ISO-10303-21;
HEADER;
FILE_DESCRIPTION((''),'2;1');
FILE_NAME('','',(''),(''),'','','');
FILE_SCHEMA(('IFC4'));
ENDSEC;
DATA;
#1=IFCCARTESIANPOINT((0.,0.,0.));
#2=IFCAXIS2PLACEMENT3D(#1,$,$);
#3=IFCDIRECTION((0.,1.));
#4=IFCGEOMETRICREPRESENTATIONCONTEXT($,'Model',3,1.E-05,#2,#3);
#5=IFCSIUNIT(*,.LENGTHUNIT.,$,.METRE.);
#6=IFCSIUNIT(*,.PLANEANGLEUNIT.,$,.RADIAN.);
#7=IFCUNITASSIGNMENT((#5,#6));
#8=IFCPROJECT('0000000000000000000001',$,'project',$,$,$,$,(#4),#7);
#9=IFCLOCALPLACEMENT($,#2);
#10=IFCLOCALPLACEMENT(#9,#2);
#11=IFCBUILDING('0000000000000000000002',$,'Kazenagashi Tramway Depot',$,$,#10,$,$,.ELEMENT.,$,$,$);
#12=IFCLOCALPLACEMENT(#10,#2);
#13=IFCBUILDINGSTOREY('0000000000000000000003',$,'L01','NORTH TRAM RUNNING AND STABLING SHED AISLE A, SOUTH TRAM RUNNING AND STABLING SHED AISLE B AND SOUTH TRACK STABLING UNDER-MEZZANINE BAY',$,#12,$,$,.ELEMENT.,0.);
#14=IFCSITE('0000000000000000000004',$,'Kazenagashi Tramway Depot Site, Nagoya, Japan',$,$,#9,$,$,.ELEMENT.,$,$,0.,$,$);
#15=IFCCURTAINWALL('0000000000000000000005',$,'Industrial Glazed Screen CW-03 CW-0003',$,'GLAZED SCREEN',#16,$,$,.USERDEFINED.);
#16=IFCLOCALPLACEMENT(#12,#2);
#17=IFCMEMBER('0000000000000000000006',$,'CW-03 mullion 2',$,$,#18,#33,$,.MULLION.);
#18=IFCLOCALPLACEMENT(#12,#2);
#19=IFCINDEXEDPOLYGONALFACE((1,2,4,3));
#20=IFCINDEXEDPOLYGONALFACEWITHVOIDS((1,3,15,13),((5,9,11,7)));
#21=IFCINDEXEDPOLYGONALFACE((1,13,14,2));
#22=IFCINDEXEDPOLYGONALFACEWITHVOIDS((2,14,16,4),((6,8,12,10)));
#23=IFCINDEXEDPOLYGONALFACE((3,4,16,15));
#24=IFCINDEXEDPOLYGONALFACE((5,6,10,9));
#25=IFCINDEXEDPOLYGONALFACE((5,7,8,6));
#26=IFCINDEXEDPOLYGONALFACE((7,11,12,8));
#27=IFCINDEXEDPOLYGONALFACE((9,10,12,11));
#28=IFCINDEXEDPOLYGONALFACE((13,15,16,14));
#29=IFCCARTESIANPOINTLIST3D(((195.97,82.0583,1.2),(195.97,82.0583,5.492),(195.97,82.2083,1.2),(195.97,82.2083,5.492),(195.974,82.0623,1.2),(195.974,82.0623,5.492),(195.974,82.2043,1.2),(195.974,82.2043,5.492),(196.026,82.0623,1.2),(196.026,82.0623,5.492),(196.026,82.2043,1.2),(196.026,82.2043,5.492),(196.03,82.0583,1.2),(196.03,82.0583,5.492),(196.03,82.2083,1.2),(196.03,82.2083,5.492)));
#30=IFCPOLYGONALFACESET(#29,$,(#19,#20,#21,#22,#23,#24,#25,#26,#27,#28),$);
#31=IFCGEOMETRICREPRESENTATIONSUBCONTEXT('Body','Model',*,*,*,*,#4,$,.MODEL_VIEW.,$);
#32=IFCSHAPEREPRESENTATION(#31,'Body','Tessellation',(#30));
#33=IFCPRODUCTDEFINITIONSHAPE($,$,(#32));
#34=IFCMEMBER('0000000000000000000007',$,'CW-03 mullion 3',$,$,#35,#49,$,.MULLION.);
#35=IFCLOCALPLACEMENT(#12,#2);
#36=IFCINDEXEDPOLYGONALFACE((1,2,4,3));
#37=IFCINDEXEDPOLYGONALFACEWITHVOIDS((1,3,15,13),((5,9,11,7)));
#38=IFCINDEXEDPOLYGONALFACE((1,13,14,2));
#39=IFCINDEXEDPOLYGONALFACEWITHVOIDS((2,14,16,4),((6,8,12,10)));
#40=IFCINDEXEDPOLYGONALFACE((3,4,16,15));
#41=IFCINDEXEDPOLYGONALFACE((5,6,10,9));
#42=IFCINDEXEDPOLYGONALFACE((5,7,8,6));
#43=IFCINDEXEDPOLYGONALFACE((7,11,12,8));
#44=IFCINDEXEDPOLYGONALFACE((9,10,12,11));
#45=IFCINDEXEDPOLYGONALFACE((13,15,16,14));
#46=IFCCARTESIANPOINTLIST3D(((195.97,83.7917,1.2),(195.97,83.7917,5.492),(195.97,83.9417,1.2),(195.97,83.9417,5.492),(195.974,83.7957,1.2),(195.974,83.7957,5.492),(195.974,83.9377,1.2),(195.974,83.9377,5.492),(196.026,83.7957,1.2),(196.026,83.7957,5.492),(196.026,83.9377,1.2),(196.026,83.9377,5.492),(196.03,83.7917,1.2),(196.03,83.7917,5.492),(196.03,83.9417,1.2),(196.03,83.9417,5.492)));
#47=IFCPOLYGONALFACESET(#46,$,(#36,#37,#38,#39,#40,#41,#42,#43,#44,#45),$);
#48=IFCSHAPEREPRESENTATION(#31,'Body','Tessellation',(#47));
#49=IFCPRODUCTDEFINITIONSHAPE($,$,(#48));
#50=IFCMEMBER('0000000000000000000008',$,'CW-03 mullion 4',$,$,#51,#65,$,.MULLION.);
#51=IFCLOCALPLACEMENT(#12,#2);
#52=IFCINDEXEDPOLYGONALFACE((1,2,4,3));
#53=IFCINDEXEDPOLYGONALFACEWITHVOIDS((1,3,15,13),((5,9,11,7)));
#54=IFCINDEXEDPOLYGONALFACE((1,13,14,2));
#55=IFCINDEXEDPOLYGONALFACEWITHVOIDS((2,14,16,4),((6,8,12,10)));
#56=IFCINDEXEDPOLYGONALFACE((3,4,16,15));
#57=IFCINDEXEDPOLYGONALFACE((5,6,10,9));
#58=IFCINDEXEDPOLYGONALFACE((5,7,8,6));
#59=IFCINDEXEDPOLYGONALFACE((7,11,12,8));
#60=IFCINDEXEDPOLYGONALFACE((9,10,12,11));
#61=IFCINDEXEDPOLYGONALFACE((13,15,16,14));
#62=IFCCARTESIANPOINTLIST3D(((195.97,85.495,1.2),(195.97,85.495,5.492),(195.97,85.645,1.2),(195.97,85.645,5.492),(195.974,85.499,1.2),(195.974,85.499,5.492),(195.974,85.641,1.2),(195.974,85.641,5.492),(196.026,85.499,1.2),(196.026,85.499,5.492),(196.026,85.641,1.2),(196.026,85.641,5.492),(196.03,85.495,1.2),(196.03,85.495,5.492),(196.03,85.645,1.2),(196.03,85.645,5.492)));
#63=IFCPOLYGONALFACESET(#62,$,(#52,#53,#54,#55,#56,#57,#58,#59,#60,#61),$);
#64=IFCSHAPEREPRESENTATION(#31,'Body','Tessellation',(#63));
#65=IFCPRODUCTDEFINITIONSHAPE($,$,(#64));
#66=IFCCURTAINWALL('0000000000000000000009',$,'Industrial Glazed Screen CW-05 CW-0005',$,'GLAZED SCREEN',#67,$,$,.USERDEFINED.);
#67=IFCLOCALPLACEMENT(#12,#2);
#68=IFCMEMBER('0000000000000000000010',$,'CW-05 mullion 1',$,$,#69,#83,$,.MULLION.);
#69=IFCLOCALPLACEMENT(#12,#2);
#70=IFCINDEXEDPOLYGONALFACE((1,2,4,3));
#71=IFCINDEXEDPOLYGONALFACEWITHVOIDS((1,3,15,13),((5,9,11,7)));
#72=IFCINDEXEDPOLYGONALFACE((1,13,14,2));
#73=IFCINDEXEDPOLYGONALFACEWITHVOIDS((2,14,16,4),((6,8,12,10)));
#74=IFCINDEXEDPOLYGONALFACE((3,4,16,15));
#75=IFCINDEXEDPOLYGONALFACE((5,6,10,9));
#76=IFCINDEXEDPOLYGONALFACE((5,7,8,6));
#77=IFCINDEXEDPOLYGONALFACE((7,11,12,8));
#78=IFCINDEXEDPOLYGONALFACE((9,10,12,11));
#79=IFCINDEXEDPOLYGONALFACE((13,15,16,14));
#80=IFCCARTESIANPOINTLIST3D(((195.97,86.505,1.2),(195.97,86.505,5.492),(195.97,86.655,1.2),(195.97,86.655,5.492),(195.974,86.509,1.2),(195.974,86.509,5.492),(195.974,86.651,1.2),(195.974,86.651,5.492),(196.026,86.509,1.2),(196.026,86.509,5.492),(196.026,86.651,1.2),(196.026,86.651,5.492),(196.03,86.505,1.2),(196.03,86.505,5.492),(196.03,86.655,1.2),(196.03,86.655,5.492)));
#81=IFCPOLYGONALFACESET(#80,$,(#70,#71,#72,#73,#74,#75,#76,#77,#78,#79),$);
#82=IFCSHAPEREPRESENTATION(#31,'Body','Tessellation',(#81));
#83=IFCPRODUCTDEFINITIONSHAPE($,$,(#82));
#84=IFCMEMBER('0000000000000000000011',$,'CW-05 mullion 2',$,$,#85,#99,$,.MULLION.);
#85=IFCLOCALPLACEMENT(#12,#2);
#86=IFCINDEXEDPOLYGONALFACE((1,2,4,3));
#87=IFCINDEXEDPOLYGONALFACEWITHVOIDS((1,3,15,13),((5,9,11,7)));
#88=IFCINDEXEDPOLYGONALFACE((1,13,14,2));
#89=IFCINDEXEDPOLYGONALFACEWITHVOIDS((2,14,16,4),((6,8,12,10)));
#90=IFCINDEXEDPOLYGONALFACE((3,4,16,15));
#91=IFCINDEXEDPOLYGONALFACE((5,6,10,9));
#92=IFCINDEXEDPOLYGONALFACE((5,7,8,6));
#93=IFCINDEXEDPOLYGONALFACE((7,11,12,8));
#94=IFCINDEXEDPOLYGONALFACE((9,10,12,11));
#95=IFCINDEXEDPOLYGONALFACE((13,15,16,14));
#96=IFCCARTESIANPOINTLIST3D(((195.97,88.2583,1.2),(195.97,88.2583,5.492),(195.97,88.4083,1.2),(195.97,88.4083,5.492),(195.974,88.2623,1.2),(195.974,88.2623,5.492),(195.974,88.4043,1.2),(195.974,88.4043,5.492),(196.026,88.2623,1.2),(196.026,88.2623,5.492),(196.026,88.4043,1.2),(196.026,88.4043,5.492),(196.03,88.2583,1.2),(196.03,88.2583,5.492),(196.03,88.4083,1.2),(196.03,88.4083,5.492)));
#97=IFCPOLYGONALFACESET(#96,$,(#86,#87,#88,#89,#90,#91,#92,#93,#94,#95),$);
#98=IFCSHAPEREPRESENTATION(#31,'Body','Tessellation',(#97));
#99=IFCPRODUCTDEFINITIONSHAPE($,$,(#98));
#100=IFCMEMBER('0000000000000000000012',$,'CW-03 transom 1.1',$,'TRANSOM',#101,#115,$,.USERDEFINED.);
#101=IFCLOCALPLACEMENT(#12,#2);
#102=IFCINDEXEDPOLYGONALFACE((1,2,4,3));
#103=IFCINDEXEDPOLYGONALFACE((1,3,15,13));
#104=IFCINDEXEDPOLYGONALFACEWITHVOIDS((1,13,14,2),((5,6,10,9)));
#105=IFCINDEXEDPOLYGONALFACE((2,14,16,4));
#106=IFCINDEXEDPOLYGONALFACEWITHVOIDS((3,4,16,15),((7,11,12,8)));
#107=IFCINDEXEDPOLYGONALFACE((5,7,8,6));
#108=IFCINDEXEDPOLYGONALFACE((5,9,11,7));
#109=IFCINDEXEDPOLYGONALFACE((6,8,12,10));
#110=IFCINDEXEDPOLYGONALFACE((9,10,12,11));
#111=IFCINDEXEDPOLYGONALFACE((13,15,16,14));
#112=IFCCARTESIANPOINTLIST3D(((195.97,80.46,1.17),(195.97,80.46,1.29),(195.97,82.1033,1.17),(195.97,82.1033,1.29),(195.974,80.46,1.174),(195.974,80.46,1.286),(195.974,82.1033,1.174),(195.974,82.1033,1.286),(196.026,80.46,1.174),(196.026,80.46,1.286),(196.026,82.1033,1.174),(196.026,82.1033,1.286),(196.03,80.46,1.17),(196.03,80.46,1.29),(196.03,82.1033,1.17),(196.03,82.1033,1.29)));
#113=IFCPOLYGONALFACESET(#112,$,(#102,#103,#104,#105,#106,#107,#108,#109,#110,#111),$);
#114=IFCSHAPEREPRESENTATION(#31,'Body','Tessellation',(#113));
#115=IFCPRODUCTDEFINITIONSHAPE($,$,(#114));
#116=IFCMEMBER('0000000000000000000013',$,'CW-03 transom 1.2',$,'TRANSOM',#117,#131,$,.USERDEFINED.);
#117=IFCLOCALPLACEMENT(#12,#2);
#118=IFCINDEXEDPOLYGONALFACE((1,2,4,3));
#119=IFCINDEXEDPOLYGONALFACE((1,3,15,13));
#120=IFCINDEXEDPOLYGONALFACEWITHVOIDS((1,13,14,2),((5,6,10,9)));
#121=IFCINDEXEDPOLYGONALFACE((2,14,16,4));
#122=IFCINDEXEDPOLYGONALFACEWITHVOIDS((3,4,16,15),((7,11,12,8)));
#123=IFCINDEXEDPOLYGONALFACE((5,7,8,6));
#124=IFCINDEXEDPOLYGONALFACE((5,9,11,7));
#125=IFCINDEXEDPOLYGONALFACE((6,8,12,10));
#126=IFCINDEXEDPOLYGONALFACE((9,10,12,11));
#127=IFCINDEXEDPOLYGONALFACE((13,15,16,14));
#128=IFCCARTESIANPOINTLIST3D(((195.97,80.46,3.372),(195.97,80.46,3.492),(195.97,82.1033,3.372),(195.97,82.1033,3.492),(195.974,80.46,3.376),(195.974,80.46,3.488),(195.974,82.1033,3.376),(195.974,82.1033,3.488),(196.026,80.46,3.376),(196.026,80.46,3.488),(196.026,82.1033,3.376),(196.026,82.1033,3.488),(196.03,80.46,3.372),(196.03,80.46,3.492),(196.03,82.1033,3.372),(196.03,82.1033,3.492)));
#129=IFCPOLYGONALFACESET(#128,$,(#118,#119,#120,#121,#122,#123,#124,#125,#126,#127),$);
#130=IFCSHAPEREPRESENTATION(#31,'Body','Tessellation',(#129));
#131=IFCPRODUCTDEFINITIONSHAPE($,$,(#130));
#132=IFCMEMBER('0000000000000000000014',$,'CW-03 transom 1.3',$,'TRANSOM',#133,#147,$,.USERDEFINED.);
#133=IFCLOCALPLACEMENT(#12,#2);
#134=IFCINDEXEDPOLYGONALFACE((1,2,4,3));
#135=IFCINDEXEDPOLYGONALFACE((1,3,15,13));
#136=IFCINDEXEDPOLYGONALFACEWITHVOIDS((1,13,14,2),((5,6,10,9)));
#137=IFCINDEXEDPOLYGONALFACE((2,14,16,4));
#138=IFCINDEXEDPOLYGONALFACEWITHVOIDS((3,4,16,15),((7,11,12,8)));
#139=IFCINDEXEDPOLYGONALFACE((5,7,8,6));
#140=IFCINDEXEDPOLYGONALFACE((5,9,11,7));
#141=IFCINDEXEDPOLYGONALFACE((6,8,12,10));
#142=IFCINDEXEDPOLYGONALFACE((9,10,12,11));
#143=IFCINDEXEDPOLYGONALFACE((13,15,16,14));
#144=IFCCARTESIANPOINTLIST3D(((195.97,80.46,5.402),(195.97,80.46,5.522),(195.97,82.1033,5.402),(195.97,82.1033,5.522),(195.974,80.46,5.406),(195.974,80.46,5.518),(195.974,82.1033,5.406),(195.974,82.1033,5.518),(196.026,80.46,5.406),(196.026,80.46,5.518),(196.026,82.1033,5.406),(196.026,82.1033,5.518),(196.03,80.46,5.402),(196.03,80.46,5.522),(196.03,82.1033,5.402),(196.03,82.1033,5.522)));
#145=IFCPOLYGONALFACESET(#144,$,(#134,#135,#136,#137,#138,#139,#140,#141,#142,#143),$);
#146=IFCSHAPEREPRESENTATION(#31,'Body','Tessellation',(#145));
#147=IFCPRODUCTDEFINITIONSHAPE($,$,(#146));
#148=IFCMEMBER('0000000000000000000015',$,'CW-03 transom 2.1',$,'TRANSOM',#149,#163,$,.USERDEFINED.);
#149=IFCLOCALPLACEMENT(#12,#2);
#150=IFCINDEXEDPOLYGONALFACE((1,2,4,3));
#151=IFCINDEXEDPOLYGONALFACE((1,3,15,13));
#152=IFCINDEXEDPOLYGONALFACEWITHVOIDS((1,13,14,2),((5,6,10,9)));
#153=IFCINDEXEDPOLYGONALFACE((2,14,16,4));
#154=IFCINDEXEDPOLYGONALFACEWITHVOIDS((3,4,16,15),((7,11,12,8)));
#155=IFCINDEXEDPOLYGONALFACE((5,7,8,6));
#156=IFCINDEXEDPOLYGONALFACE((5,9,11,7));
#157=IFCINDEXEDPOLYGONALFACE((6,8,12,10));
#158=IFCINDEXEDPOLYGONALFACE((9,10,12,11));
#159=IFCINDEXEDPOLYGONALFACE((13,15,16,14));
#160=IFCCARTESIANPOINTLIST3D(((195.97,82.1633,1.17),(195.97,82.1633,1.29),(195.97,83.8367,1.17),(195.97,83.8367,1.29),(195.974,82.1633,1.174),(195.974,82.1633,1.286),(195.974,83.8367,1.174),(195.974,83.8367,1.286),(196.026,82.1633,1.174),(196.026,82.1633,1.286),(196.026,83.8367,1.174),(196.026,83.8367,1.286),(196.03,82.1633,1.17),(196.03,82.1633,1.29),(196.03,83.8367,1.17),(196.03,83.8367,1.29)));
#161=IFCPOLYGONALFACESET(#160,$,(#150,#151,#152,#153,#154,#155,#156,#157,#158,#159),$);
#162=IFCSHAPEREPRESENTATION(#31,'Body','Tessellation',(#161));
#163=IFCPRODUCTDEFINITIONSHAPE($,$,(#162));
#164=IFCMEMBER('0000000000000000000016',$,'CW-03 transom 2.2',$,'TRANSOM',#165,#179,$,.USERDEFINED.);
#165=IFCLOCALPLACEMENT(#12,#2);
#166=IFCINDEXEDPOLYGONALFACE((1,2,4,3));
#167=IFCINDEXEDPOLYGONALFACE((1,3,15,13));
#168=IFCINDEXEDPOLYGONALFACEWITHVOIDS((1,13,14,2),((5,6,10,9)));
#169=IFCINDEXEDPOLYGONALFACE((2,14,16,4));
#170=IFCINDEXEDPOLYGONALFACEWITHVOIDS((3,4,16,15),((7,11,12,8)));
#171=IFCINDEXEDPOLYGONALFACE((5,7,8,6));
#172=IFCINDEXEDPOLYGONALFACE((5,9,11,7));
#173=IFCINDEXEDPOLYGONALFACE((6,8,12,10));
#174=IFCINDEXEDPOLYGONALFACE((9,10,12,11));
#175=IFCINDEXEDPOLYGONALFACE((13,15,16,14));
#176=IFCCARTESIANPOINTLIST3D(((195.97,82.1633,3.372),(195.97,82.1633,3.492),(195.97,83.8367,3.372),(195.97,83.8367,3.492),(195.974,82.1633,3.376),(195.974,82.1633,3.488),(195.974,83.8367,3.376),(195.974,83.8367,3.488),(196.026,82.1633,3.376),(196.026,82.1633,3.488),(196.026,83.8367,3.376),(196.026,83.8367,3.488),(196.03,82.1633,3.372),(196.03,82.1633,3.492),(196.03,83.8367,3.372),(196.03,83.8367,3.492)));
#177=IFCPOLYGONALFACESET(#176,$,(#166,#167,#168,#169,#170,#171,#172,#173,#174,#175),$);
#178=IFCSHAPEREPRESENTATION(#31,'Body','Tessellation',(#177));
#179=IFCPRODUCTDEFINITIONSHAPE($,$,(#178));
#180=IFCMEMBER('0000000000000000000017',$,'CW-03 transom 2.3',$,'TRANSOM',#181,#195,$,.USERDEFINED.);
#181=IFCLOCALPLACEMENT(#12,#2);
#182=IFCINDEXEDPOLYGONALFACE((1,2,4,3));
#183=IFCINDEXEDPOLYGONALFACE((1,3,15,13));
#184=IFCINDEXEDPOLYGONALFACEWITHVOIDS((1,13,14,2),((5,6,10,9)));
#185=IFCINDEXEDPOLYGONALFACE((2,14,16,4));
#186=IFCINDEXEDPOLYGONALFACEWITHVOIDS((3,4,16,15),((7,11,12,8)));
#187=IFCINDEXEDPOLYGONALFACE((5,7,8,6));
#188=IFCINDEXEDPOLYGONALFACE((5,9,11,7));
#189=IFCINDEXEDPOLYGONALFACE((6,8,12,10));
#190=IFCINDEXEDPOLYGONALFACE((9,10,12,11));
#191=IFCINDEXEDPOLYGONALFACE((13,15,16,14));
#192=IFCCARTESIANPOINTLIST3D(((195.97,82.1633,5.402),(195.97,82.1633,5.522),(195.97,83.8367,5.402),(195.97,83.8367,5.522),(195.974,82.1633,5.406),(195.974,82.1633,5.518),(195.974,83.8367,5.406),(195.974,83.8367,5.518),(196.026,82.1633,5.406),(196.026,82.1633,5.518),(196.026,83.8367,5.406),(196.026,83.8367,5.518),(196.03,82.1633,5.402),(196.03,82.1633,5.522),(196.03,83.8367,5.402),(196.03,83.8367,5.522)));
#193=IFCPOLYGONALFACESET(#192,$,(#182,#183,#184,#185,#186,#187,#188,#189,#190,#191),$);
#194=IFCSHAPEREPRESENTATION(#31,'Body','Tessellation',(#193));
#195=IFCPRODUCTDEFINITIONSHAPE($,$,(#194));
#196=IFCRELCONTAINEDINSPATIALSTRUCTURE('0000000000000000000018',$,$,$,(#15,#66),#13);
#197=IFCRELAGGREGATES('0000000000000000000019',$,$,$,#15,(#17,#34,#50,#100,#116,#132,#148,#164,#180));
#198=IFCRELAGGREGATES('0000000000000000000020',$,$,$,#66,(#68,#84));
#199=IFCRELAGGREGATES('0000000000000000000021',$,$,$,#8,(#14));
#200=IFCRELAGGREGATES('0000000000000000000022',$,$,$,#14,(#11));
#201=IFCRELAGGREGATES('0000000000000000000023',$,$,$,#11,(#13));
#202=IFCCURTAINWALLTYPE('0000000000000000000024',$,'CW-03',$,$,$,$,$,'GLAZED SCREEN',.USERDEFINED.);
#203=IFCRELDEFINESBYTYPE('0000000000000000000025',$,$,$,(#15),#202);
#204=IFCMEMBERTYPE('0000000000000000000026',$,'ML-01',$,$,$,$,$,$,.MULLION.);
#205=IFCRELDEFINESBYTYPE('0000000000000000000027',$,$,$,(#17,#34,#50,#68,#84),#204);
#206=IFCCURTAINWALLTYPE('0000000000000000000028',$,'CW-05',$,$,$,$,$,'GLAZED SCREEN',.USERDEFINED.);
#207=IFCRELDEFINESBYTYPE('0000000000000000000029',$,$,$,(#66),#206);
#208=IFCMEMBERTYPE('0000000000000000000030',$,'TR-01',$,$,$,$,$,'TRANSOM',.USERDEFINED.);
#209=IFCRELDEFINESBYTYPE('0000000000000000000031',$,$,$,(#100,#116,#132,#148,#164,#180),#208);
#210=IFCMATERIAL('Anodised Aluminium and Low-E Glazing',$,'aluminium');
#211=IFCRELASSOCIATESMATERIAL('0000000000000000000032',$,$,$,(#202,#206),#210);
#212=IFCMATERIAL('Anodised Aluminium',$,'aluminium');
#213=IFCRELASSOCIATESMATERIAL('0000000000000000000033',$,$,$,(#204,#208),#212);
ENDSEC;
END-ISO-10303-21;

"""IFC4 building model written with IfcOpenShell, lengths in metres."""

from ifc_helpers import new_model, si_unit, direction, frame, origin, origin_2d, place, context, subcontext, project, spatial, hollow_rectangle, extrude, material, material_profile, profile_set, type_object, element, aggregate, save


model = new_model("IFC4")

# Units and contexts
model_context = context("Model", 3, precision=1e-05, world=origin(), true_north=direction((0.0, 1.0)))
body_context = subcontext(model_context, "Body", "Model", "MODEL_VIEW")
ifc_project = project(units=[si_unit("LENGTHUNIT", "METRE"), si_unit("PLANEANGLEUNIT", "RADIAN")], contexts=[model_context])

# Site, building, storey
site_placement = place(None, origin())
site = spatial("IfcSite", under=ifc_project, at=site_placement, Name="Kazenagashi Tramway Depot Site, Nagoya, Japan", CompositionType="ELEMENT", RefElevation=0.0)
building_placement = place(site_placement, origin())
building = spatial("IfcBuilding", under=site, at=building_placement, Name="Kazenagashi Tramway Depot", CompositionType="ELEMENT")
storey_placement = place(building_placement, origin())
storey = spatial("IfcBuildingStorey", under=building, at=storey_placement, Name="L01", Description="NORTH TRAM RUNNING AND STABLING SHED AISLE A, SOUTH TRAM RUNNING AND STABLING SHED AISLE B AND SOUTH TRACK STABLING UNDER-MEZZANINE BAY", CompositionType="ELEMENT", Elevation=0.0)

# Curtain walls, members
ifc_material_1 = material(Name="Anodised Aluminium and Low-E Glazing", Category="aluminium")
curtain_wall_type_1 = type_object("IfcCurtainWallType", Name="CW-03", ElementType="GLAZED SCREEN", PredefinedType="USERDEFINED", material=ifc_material_1)
curtain_wall_1_placement = place(storey_placement, origin())
curtain_wall_1 = element("IfcCurtainWall", 1, at=curtain_wall_1_placement, inside=storey, type_object=curtain_wall_type_1, Name="Industrial Glazed Screen CW-03 CW-0003", ObjectType="GLAZED SCREEN", PredefinedType="USERDEFINED")
ifc_material_2 = material(Name="Anodised Aluminium", Category="aluminium")
ifc_material_profile_1 = material_profile(ifc_material_2, hollow_rectangle(XDim=0.06, YDim=0.15, WallThickness=0.004, at=origin_2d()), Name="RHS-150x60x4")
ifc_profile_set_1 = profile_set([ifc_material_profile_1], Name="Anodised Aluminium")
member_type_1 = type_object("IfcMemberType", Name="ML-01", PredefinedType="MULLION", material=ifc_profile_set_1)
member_1_placement = place(storey_placement, frame((196.0, 82.1333, 1.2), z_axis=(0.0, 0.0, 1.0), x_axis=(-1.0, 0.0, 0.0)))
member_1 = element("IfcMember", 2, at=member_1_placement, type_object=member_type_1, Name="CW-03 mullion 2", PredefinedType="MULLION", context=body_context, shape_type="SweptSolid", body=[
    extrude(hollow_rectangle(XDim=0.06, YDim=0.15, WallThickness=0.004, at=origin_2d()), origin(), (0.0, 0.0, 1.0), 4.292),
])
member_2_placement = place(storey_placement, frame((196.0, 83.8667, 1.2), z_axis=(0.0, 0.0, 1.0), x_axis=(-1.0, 0.0, 0.0)))
member_2 = element("IfcMember", 3, at=member_2_placement, type_object=member_type_1, Name="CW-03 mullion 3", PredefinedType="MULLION", context=body_context, shape_type="SweptSolid", body=[
    extrude(hollow_rectangle(XDim=0.06, YDim=0.15, WallThickness=0.004, at=origin_2d()), origin(), (0.0, 0.0, 1.0), 4.292),
])
member_3_placement = place(storey_placement, frame((196.0, 85.57, 1.2), z_axis=(0.0, 0.0, 1.0), x_axis=(-1.0, 0.0, 0.0)))
member_3 = element("IfcMember", 4, at=member_3_placement, type_object=member_type_1, Name="CW-03 mullion 4", PredefinedType="MULLION", context=body_context, shape_type="SweptSolid", body=[
    extrude(hollow_rectangle(XDim=0.06, YDim=0.15, WallThickness=0.004, at=origin_2d()), origin(), (0.0, 0.0, 1.0), 4.292),
])
curtain_wall_type_2 = type_object("IfcCurtainWallType", Name="CW-05", ElementType="GLAZED SCREEN", PredefinedType="USERDEFINED", material=ifc_material_1)
curtain_wall_2_placement = place(storey_placement, origin())
curtain_wall_2 = element("IfcCurtainWall", 5, at=curtain_wall_2_placement, inside=storey, type_object=curtain_wall_type_2, Name="Industrial Glazed Screen CW-05 CW-0005", ObjectType="GLAZED SCREEN", PredefinedType="USERDEFINED")
member_4_placement = place(storey_placement, frame((196.0, 86.58, 1.2), z_axis=(0.0, 0.0, 1.0), x_axis=(-1.0, 0.0, 0.0)))
member_4 = element("IfcMember", 6, at=member_4_placement, type_object=member_type_1, Name="CW-05 mullion 1", PredefinedType="MULLION", context=body_context, shape_type="SweptSolid", body=[
    extrude(hollow_rectangle(XDim=0.06, YDim=0.15, WallThickness=0.004, at=origin_2d()), origin(), (0.0, 0.0, 1.0), 4.292),
])
member_5_placement = place(storey_placement, frame((196.0, 88.3333, 1.2), z_axis=(0.0, 0.0, 1.0), x_axis=(-1.0, 0.0, 0.0)))
member_5 = element("IfcMember", 7, at=member_5_placement, type_object=member_type_1, Name="CW-05 mullion 2", PredefinedType="MULLION", context=body_context, shape_type="SweptSolid", body=[
    extrude(hollow_rectangle(XDim=0.06, YDim=0.15, WallThickness=0.004, at=origin_2d()), origin(), (0.0, 0.0, 1.0), 4.292),
])

# Members
ifc_material_profile_2 = material_profile(ifc_material_2, hollow_rectangle(XDim=0.06, YDim=0.12, WallThickness=0.004, at=origin_2d()), Name="RHS-120x60x4")
ifc_profile_set_2 = profile_set([ifc_material_profile_2], Name="Anodised Aluminium")
member_type_2 = type_object("IfcMemberType", Name="TR-01", ElementType="TRANSOM", PredefinedType="USERDEFINED", material=ifc_profile_set_2)
member_6_placement = place(storey_placement, frame((196.0, 80.46, 1.23), z_axis=(0.0, 1.0, 0.0), x_axis=(-1.0, 0.0, 0.0)))
member_6 = element("IfcMember", 8, at=member_6_placement, type_object=member_type_2, Name="CW-03 transom 1.1", ObjectType="TRANSOM", PredefinedType="USERDEFINED", context=body_context, shape_type="SweptSolid", body=[
    extrude(hollow_rectangle(XDim=0.06, YDim=0.12, WallThickness=0.004, at=origin_2d()), origin(), (0.0, 0.0, 1.0), 1.6433),
])
member_7_placement = place(storey_placement, frame((196.0, 80.46, 3.432), z_axis=(0.0, 1.0, 0.0), x_axis=(-1.0, 0.0, 0.0)))
member_7 = element("IfcMember", 9, at=member_7_placement, type_object=member_type_2, Name="CW-03 transom 1.2", ObjectType="TRANSOM", PredefinedType="USERDEFINED", context=body_context, shape_type="SweptSolid", body=[
    extrude(hollow_rectangle(XDim=0.06, YDim=0.12, WallThickness=0.004, at=origin_2d()), origin(), (0.0, 0.0, 1.0), 1.6433),
])
member_8_placement = place(storey_placement, frame((196.0, 80.46, 5.462), z_axis=(0.0, 1.0, 0.0), x_axis=(-1.0, 0.0, 0.0)))
member_8 = element("IfcMember", 10, at=member_8_placement, type_object=member_type_2, Name="CW-03 transom 1.3", ObjectType="TRANSOM", PredefinedType="USERDEFINED", context=body_context, shape_type="SweptSolid", body=[
    extrude(hollow_rectangle(XDim=0.06, YDim=0.12, WallThickness=0.004, at=origin_2d()), origin(), (0.0, 0.0, 1.0), 1.6433),
])
member_9_placement = place(storey_placement, frame((196.0, 82.1633, 1.23), z_axis=(0.0, 1.0, 0.0), x_axis=(-1.0, 0.0, 0.0)))
member_9 = element("IfcMember", 11, at=member_9_placement, type_object=member_type_2, Name="CW-03 transom 2.1", ObjectType="TRANSOM", PredefinedType="USERDEFINED", context=body_context, shape_type="SweptSolid", body=[
    extrude(hollow_rectangle(XDim=0.06, YDim=0.12, WallThickness=0.004, at=origin_2d()), origin(), (0.0, 0.0, 1.0), 1.6733),
])
member_10_placement = place(storey_placement, frame((196.0, 82.1633, 3.432), z_axis=(0.0, 1.0, 0.0), x_axis=(-1.0, 0.0, 0.0)))
member_10 = element("IfcMember", 12, at=member_10_placement, type_object=member_type_2, Name="CW-03 transom 2.2", ObjectType="TRANSOM", PredefinedType="USERDEFINED", context=body_context, shape_type="SweptSolid", body=[
    extrude(hollow_rectangle(XDim=0.06, YDim=0.12, WallThickness=0.004, at=origin_2d()), origin(), (0.0, 0.0, 1.0), 1.6733),
])
member_11_placement = place(storey_placement, frame((196.0, 82.1633, 5.462), z_axis=(0.0, 1.0, 0.0), x_axis=(-1.0, 0.0, 0.0)))
member_11 = element("IfcMember", 13, at=member_11_placement, type_object=member_type_2, Name="CW-03 transom 2.3", ObjectType="TRANSOM", PredefinedType="USERDEFINED", context=body_context, shape_type="SweptSolid", body=[
    extrude(hollow_rectangle(XDim=0.06, YDim=0.12, WallThickness=0.004, at=origin_2d()), origin(), (0.0, 0.0, 1.0), 1.6733),
])

aggregate(curtain_wall_1, [member_1, member_2, member_3, member_6, member_7, member_8, member_9, member_10, member_11])
aggregate(curtain_wall_2, [member_4, member_5])

save(model, "model.ifc")
